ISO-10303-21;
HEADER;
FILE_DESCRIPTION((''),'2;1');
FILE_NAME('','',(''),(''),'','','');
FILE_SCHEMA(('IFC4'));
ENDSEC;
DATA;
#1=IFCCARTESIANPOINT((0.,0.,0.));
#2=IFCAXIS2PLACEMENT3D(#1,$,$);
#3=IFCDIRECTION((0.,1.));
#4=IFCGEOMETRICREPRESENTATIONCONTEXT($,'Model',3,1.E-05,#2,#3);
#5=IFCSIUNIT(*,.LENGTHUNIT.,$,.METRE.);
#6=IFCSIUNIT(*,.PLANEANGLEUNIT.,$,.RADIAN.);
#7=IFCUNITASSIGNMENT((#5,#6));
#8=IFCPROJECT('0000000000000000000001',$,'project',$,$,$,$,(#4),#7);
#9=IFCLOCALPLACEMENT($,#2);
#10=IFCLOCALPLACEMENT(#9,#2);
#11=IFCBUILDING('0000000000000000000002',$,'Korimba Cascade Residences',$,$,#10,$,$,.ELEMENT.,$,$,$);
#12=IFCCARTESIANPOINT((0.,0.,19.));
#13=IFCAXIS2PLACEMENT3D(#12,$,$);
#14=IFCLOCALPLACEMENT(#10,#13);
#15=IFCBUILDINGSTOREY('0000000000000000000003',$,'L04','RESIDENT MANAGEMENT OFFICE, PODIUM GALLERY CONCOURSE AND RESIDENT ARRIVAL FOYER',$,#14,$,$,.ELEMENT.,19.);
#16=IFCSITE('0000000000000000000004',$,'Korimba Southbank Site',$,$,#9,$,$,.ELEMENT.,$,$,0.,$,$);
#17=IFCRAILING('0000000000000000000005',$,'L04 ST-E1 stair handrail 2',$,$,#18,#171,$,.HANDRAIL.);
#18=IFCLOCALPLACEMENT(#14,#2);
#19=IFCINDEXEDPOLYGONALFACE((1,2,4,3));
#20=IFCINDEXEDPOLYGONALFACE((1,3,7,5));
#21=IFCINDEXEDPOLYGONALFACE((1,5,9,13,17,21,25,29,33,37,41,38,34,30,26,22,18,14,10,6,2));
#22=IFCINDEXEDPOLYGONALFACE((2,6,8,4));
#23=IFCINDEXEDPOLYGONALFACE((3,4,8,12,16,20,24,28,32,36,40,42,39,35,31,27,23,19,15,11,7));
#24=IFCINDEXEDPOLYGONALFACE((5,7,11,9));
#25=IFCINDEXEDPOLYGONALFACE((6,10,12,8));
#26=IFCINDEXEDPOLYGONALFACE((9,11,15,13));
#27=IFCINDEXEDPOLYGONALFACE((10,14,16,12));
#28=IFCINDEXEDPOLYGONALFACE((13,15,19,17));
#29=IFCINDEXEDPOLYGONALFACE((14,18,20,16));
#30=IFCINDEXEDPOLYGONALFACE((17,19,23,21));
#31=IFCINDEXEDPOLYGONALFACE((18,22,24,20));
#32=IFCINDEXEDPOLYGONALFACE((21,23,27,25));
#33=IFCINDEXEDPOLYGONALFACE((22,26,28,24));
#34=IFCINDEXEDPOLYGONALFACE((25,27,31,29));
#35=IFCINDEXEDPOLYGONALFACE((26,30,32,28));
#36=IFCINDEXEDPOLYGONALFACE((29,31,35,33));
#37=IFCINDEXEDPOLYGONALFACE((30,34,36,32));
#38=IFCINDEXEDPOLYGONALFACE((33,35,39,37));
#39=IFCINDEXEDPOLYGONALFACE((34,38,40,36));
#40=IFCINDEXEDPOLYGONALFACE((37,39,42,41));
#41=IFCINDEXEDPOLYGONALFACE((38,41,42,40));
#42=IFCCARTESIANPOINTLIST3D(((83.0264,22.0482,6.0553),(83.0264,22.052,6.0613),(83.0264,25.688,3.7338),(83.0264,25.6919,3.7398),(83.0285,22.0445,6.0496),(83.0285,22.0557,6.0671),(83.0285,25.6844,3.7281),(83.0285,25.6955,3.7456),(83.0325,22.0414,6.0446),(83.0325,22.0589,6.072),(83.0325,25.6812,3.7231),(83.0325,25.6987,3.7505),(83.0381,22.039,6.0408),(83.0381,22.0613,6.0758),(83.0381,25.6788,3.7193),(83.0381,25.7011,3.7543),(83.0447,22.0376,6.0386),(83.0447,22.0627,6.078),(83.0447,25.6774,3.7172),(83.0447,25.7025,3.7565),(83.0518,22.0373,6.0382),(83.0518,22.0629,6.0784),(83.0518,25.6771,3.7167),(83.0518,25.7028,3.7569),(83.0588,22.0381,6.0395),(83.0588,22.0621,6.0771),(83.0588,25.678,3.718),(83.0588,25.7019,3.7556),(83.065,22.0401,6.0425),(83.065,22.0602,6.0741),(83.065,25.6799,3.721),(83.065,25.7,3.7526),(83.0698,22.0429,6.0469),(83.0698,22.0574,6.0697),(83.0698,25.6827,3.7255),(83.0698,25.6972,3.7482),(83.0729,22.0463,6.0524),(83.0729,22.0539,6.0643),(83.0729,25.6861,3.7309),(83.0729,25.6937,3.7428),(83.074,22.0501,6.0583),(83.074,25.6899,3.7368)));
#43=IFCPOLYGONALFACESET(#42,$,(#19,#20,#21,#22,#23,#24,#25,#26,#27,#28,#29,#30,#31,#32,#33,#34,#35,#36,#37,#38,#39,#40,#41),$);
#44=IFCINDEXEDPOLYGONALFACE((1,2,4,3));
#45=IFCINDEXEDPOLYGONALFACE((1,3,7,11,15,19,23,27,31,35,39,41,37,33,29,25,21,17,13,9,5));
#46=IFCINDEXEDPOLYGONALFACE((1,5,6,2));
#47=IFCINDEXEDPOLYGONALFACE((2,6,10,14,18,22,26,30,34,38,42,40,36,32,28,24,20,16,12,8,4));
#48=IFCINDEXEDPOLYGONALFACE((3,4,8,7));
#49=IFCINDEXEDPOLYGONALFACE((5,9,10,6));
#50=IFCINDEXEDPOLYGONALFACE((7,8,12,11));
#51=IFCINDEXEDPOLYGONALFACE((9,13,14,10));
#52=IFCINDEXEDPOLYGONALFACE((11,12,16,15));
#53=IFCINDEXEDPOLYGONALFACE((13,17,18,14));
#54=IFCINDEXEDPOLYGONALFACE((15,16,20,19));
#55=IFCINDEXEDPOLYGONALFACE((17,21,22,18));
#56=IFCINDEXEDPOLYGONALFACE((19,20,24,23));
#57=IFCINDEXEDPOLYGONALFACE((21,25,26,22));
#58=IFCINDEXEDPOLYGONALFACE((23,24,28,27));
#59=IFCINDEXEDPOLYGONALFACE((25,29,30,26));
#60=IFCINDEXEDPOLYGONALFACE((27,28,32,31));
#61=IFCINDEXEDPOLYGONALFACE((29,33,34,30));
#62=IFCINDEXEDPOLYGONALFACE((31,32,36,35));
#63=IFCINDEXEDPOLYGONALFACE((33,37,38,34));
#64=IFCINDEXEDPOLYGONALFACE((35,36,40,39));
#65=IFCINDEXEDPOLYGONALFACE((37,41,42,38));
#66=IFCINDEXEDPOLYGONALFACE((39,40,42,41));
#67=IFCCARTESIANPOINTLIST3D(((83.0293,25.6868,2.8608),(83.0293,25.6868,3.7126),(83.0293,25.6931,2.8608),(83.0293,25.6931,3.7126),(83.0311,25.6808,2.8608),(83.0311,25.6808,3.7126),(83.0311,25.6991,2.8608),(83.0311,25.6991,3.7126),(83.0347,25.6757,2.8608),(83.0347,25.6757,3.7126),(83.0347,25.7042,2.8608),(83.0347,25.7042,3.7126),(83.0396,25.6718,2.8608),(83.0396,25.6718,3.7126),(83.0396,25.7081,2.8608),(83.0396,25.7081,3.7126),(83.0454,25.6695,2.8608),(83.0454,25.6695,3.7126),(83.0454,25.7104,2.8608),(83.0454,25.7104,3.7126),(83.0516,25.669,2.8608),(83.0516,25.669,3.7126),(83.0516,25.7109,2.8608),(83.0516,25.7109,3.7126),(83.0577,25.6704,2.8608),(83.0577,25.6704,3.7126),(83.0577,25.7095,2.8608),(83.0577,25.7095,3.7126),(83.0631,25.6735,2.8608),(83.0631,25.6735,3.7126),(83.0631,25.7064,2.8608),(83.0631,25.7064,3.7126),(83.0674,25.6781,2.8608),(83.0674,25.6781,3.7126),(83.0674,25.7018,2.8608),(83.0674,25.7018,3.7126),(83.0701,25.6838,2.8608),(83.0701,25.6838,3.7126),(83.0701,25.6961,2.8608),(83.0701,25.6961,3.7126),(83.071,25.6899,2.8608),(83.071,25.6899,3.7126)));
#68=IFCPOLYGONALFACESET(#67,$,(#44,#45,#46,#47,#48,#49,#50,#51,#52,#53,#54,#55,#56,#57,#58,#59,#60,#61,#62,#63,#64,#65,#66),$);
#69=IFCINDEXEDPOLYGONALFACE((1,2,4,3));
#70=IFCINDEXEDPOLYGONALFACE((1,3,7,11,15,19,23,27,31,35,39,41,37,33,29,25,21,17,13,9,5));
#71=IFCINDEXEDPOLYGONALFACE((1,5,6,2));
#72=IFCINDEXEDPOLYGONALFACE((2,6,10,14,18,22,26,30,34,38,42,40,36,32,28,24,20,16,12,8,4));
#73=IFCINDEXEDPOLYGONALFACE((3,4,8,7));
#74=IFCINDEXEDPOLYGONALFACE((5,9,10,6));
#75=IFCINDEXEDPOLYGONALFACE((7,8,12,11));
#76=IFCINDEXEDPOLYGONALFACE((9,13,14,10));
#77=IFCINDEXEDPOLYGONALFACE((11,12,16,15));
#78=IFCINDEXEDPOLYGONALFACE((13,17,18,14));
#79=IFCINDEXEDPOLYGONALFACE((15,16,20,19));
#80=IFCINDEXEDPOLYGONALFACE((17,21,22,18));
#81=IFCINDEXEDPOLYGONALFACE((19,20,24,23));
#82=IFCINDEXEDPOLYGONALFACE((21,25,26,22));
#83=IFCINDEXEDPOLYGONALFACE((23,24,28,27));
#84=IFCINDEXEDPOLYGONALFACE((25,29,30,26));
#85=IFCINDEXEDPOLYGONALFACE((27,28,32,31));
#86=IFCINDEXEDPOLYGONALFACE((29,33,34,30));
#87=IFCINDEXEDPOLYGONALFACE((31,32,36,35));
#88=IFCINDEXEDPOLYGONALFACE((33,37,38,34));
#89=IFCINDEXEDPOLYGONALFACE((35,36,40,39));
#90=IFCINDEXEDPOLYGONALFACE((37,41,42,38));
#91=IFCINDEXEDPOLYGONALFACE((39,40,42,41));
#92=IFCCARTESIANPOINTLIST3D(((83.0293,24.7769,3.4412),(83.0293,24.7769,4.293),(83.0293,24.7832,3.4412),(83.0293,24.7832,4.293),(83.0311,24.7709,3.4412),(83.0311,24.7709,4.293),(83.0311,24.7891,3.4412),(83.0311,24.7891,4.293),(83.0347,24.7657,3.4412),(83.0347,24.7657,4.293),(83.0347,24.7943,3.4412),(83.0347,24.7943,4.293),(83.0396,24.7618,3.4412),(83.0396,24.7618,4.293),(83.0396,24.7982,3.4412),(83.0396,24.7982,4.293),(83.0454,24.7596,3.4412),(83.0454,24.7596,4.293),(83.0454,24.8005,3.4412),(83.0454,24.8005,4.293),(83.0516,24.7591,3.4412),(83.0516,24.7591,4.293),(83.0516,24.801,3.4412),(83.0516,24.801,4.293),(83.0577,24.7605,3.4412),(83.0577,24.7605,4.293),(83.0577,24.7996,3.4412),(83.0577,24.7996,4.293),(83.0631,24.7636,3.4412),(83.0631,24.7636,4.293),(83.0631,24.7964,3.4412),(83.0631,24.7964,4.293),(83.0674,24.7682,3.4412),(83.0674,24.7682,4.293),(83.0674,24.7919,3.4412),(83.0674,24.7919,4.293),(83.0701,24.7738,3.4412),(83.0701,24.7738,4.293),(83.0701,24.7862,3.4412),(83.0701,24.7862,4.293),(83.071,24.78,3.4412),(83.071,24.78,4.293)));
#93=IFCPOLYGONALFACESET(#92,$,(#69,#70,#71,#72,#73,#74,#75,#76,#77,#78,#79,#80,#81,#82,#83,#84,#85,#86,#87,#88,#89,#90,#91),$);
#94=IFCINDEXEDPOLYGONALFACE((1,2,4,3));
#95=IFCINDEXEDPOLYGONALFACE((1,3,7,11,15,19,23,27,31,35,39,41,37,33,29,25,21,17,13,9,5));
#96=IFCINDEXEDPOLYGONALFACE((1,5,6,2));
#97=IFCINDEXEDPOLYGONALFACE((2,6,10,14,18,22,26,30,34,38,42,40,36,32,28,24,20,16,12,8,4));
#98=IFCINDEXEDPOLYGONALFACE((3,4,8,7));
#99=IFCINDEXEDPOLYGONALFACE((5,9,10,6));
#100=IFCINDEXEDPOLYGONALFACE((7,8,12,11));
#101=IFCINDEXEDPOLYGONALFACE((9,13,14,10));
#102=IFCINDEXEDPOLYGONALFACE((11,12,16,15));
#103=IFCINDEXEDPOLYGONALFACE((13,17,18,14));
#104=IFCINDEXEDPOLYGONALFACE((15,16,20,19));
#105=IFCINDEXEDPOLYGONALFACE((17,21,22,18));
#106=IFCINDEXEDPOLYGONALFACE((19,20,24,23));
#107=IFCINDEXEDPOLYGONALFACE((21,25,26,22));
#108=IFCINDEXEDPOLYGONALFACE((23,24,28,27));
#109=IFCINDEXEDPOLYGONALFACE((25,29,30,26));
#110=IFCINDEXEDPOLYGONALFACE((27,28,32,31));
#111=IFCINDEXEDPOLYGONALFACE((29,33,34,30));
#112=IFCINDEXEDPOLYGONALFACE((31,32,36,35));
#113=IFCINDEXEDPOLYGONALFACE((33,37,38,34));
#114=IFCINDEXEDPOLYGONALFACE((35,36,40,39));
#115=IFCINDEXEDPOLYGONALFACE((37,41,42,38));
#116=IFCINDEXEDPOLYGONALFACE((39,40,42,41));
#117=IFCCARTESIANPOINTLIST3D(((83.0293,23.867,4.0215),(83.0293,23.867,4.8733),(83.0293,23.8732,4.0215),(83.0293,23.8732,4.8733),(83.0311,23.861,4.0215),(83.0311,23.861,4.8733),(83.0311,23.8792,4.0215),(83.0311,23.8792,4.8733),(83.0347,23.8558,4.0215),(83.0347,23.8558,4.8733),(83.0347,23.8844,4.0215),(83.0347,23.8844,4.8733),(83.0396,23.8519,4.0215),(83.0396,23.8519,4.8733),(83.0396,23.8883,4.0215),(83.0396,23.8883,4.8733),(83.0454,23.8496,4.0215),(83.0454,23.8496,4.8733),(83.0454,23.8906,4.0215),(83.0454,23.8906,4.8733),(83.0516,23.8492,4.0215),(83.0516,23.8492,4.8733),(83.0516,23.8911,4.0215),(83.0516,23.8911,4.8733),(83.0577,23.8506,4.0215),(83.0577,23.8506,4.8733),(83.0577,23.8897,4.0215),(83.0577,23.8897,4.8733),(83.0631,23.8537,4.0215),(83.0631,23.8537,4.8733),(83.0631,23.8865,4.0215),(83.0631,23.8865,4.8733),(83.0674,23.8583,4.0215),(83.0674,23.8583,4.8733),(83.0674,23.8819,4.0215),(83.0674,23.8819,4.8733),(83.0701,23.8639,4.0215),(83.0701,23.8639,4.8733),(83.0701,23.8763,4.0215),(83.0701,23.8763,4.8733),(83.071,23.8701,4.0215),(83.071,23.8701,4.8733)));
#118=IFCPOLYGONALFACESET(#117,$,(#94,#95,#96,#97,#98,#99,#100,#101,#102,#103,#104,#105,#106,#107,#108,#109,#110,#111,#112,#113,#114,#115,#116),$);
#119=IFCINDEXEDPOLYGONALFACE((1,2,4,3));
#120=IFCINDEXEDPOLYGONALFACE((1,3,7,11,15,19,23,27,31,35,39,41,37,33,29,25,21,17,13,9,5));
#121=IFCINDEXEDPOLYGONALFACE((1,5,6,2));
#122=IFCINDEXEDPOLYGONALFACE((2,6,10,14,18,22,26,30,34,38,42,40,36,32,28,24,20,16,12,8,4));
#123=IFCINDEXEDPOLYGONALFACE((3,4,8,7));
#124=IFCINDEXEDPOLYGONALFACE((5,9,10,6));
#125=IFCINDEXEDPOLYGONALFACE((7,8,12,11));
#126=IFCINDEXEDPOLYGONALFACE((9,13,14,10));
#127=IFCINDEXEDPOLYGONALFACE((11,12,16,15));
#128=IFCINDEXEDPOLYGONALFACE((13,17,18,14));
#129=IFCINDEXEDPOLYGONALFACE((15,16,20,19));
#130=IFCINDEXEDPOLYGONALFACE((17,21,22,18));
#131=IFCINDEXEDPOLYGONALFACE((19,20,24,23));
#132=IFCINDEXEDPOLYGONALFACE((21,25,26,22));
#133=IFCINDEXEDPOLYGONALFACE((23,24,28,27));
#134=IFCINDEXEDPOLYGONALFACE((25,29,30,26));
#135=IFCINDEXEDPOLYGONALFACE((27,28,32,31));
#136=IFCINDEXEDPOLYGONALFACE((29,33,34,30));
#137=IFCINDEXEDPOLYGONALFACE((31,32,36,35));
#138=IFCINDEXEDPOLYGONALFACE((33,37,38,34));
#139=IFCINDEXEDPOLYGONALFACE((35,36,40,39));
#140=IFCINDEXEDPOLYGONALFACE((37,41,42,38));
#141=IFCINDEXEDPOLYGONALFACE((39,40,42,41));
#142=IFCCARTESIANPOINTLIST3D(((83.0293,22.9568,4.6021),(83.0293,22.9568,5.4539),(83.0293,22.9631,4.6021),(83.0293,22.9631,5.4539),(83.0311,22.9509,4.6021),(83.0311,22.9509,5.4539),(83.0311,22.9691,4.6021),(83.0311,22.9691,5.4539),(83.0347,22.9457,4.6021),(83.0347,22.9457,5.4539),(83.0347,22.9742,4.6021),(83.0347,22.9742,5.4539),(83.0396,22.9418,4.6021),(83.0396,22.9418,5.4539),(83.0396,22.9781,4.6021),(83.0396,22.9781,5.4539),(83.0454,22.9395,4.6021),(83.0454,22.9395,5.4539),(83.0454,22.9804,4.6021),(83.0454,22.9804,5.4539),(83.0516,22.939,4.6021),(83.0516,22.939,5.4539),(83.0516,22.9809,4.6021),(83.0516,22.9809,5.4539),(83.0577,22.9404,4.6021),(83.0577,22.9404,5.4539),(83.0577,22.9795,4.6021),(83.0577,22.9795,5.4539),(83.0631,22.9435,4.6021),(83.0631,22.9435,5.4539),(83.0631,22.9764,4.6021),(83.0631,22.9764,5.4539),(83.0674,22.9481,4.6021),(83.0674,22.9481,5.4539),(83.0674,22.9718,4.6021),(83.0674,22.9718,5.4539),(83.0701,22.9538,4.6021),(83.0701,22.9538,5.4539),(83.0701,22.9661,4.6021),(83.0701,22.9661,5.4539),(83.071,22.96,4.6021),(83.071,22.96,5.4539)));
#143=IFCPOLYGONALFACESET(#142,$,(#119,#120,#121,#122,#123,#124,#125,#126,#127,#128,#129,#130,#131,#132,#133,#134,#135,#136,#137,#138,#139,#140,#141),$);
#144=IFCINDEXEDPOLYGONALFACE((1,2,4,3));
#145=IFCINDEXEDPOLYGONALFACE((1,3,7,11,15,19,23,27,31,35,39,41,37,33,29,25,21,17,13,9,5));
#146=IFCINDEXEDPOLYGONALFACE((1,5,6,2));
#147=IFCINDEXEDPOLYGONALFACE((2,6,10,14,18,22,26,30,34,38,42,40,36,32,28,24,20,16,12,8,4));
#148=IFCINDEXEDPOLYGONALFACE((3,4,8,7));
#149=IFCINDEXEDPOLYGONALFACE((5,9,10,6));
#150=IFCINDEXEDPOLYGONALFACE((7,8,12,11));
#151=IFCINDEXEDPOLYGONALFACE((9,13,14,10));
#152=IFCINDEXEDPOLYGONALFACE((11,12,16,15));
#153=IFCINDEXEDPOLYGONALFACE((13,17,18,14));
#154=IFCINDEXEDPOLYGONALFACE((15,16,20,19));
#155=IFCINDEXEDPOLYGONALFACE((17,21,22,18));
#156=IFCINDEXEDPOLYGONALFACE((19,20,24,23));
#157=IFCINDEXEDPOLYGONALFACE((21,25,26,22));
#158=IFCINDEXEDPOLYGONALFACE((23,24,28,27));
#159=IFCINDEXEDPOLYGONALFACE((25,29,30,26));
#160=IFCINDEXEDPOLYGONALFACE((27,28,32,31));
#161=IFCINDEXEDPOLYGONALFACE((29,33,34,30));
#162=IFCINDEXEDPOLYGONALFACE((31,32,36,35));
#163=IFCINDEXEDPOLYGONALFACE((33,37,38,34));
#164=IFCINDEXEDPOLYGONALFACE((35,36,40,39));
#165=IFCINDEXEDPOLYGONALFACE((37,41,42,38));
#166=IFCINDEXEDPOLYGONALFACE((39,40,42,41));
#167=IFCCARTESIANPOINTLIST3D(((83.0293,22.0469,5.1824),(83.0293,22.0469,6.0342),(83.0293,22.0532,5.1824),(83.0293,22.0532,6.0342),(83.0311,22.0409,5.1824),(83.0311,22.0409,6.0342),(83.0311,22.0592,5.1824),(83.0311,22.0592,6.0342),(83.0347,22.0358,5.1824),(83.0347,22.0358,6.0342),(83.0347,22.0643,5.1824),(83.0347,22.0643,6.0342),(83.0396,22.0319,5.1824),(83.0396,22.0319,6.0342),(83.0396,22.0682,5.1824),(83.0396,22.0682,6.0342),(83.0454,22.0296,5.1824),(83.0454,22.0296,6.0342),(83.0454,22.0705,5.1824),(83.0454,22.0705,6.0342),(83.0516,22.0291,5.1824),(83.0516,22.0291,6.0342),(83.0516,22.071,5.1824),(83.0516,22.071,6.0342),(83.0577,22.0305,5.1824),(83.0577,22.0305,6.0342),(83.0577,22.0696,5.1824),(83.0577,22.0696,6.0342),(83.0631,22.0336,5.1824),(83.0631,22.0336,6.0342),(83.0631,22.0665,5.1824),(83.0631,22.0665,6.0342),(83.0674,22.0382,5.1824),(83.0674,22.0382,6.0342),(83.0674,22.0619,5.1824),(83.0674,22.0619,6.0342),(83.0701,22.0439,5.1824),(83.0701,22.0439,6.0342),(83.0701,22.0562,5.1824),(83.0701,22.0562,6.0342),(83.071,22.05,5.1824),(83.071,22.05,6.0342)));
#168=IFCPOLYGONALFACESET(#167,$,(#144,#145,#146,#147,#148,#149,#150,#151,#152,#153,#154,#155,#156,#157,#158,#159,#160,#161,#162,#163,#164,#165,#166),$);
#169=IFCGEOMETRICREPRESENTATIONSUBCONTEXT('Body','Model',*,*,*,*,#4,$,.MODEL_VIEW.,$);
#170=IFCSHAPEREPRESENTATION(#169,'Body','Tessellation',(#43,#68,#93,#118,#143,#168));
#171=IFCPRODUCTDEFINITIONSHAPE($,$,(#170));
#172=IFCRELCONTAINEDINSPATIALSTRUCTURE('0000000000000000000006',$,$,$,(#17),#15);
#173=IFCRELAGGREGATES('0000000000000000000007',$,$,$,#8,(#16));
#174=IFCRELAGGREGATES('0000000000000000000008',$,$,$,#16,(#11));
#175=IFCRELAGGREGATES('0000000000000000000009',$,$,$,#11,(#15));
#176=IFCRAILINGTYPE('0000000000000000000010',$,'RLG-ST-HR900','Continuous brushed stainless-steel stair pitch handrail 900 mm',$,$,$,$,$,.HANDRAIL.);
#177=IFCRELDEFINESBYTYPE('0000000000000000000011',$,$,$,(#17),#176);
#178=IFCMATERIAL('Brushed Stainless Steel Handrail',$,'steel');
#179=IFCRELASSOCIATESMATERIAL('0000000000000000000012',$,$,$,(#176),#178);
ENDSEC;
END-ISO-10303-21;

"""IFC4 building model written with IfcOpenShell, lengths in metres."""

from ifc_helpers import new_model, si_unit, direction, frame, origin, origin_2d, place, context, subcontext, project, spatial, circle, extrude, material, type_object, element, save


model = new_model("IFC4")

# Units and contexts
model_context = context("Model", 3, precision=1e-05, world=origin(), true_north=direction((0.0, 1.0)))
body_context = subcontext(model_context, "Body", "Model", "MODEL_VIEW")
ifc_project = project(units=[si_unit("LENGTHUNIT", "METRE"), si_unit("PLANEANGLEUNIT", "RADIAN")], contexts=[model_context])

# Site, building, storey
site_placement = place(None, origin())
site = spatial("IfcSite", under=ifc_project, at=site_placement, Name="Korimba Southbank Site", CompositionType="ELEMENT", RefElevation=0.0)
building_placement = place(site_placement, origin())
building = spatial("IfcBuilding", under=site, at=building_placement, Name="Korimba Cascade Residences", CompositionType="ELEMENT")
storey_placement = place(building_placement, frame((0.0, 0.0, 19.0)))
storey = spatial("IfcBuildingStorey", under=building, at=storey_placement, Name="L04", Description="RESIDENT MANAGEMENT OFFICE, PODIUM GALLERY CONCOURSE AND RESIDENT ARRIVAL FOYER", CompositionType="ELEMENT", Elevation=19.0)

# Railing
ifc_material_1 = material(Name="Brushed Stainless Steel Handrail", Category="steel")
railing_type_1 = type_object("IfcRailingType", Name="RLG-ST-HR900", Description="Continuous brushed stainless-steel stair pitch handrail 900 mm", PredefinedType="HANDRAIL", material=ifc_material_1)
railing_1_placement = place(storey_placement, frame((83.05, 25.6899, 2.8608)))
element("IfcRailing", 1, at=railing_1_placement, inside=storey, type_object=railing_type_1, Name="L04 ST-E1 stair handrail 2", PredefinedType="HANDRAIL", context=body_context, shape_type="SweptSolid", body=[
    extrude(circle(Radius=0.0239, at=origin_2d()), frame((0.0, 0.0, 0.876), z_axis=(0.0, -0.843112, 0.537739), x_axis=(1.0, 0.0, 0.0)), (0.0, 0.0, 1.0), 4.3171),
    extrude(circle(Radius=0.021, at=origin_2d()), origin(), (0.0, 0.0, 1.0), 0.8518),
    extrude(circle(Radius=0.021, at=origin_2d()), frame((0.0, -0.9099, 0.5803)), (0.0, 0.0, 1.0), 0.8518),
    extrude(circle(Radius=0.021, at=origin_2d()), frame((0.0, -1.8198, 1.1606)), (0.0, 0.0, 1.0), 0.8518),
    extrude(circle(Radius=0.021, at=origin_2d()), frame((0.0, -2.73, 1.7412)), (0.0, 0.0, 1.0), 0.8518),
    extrude(circle(Radius=0.021, at=origin_2d()), frame((0.0, -3.6399, 2.3215)), (0.0, 0.0, 1.0), 0.8518),
])

save(model, "model.ifc")
